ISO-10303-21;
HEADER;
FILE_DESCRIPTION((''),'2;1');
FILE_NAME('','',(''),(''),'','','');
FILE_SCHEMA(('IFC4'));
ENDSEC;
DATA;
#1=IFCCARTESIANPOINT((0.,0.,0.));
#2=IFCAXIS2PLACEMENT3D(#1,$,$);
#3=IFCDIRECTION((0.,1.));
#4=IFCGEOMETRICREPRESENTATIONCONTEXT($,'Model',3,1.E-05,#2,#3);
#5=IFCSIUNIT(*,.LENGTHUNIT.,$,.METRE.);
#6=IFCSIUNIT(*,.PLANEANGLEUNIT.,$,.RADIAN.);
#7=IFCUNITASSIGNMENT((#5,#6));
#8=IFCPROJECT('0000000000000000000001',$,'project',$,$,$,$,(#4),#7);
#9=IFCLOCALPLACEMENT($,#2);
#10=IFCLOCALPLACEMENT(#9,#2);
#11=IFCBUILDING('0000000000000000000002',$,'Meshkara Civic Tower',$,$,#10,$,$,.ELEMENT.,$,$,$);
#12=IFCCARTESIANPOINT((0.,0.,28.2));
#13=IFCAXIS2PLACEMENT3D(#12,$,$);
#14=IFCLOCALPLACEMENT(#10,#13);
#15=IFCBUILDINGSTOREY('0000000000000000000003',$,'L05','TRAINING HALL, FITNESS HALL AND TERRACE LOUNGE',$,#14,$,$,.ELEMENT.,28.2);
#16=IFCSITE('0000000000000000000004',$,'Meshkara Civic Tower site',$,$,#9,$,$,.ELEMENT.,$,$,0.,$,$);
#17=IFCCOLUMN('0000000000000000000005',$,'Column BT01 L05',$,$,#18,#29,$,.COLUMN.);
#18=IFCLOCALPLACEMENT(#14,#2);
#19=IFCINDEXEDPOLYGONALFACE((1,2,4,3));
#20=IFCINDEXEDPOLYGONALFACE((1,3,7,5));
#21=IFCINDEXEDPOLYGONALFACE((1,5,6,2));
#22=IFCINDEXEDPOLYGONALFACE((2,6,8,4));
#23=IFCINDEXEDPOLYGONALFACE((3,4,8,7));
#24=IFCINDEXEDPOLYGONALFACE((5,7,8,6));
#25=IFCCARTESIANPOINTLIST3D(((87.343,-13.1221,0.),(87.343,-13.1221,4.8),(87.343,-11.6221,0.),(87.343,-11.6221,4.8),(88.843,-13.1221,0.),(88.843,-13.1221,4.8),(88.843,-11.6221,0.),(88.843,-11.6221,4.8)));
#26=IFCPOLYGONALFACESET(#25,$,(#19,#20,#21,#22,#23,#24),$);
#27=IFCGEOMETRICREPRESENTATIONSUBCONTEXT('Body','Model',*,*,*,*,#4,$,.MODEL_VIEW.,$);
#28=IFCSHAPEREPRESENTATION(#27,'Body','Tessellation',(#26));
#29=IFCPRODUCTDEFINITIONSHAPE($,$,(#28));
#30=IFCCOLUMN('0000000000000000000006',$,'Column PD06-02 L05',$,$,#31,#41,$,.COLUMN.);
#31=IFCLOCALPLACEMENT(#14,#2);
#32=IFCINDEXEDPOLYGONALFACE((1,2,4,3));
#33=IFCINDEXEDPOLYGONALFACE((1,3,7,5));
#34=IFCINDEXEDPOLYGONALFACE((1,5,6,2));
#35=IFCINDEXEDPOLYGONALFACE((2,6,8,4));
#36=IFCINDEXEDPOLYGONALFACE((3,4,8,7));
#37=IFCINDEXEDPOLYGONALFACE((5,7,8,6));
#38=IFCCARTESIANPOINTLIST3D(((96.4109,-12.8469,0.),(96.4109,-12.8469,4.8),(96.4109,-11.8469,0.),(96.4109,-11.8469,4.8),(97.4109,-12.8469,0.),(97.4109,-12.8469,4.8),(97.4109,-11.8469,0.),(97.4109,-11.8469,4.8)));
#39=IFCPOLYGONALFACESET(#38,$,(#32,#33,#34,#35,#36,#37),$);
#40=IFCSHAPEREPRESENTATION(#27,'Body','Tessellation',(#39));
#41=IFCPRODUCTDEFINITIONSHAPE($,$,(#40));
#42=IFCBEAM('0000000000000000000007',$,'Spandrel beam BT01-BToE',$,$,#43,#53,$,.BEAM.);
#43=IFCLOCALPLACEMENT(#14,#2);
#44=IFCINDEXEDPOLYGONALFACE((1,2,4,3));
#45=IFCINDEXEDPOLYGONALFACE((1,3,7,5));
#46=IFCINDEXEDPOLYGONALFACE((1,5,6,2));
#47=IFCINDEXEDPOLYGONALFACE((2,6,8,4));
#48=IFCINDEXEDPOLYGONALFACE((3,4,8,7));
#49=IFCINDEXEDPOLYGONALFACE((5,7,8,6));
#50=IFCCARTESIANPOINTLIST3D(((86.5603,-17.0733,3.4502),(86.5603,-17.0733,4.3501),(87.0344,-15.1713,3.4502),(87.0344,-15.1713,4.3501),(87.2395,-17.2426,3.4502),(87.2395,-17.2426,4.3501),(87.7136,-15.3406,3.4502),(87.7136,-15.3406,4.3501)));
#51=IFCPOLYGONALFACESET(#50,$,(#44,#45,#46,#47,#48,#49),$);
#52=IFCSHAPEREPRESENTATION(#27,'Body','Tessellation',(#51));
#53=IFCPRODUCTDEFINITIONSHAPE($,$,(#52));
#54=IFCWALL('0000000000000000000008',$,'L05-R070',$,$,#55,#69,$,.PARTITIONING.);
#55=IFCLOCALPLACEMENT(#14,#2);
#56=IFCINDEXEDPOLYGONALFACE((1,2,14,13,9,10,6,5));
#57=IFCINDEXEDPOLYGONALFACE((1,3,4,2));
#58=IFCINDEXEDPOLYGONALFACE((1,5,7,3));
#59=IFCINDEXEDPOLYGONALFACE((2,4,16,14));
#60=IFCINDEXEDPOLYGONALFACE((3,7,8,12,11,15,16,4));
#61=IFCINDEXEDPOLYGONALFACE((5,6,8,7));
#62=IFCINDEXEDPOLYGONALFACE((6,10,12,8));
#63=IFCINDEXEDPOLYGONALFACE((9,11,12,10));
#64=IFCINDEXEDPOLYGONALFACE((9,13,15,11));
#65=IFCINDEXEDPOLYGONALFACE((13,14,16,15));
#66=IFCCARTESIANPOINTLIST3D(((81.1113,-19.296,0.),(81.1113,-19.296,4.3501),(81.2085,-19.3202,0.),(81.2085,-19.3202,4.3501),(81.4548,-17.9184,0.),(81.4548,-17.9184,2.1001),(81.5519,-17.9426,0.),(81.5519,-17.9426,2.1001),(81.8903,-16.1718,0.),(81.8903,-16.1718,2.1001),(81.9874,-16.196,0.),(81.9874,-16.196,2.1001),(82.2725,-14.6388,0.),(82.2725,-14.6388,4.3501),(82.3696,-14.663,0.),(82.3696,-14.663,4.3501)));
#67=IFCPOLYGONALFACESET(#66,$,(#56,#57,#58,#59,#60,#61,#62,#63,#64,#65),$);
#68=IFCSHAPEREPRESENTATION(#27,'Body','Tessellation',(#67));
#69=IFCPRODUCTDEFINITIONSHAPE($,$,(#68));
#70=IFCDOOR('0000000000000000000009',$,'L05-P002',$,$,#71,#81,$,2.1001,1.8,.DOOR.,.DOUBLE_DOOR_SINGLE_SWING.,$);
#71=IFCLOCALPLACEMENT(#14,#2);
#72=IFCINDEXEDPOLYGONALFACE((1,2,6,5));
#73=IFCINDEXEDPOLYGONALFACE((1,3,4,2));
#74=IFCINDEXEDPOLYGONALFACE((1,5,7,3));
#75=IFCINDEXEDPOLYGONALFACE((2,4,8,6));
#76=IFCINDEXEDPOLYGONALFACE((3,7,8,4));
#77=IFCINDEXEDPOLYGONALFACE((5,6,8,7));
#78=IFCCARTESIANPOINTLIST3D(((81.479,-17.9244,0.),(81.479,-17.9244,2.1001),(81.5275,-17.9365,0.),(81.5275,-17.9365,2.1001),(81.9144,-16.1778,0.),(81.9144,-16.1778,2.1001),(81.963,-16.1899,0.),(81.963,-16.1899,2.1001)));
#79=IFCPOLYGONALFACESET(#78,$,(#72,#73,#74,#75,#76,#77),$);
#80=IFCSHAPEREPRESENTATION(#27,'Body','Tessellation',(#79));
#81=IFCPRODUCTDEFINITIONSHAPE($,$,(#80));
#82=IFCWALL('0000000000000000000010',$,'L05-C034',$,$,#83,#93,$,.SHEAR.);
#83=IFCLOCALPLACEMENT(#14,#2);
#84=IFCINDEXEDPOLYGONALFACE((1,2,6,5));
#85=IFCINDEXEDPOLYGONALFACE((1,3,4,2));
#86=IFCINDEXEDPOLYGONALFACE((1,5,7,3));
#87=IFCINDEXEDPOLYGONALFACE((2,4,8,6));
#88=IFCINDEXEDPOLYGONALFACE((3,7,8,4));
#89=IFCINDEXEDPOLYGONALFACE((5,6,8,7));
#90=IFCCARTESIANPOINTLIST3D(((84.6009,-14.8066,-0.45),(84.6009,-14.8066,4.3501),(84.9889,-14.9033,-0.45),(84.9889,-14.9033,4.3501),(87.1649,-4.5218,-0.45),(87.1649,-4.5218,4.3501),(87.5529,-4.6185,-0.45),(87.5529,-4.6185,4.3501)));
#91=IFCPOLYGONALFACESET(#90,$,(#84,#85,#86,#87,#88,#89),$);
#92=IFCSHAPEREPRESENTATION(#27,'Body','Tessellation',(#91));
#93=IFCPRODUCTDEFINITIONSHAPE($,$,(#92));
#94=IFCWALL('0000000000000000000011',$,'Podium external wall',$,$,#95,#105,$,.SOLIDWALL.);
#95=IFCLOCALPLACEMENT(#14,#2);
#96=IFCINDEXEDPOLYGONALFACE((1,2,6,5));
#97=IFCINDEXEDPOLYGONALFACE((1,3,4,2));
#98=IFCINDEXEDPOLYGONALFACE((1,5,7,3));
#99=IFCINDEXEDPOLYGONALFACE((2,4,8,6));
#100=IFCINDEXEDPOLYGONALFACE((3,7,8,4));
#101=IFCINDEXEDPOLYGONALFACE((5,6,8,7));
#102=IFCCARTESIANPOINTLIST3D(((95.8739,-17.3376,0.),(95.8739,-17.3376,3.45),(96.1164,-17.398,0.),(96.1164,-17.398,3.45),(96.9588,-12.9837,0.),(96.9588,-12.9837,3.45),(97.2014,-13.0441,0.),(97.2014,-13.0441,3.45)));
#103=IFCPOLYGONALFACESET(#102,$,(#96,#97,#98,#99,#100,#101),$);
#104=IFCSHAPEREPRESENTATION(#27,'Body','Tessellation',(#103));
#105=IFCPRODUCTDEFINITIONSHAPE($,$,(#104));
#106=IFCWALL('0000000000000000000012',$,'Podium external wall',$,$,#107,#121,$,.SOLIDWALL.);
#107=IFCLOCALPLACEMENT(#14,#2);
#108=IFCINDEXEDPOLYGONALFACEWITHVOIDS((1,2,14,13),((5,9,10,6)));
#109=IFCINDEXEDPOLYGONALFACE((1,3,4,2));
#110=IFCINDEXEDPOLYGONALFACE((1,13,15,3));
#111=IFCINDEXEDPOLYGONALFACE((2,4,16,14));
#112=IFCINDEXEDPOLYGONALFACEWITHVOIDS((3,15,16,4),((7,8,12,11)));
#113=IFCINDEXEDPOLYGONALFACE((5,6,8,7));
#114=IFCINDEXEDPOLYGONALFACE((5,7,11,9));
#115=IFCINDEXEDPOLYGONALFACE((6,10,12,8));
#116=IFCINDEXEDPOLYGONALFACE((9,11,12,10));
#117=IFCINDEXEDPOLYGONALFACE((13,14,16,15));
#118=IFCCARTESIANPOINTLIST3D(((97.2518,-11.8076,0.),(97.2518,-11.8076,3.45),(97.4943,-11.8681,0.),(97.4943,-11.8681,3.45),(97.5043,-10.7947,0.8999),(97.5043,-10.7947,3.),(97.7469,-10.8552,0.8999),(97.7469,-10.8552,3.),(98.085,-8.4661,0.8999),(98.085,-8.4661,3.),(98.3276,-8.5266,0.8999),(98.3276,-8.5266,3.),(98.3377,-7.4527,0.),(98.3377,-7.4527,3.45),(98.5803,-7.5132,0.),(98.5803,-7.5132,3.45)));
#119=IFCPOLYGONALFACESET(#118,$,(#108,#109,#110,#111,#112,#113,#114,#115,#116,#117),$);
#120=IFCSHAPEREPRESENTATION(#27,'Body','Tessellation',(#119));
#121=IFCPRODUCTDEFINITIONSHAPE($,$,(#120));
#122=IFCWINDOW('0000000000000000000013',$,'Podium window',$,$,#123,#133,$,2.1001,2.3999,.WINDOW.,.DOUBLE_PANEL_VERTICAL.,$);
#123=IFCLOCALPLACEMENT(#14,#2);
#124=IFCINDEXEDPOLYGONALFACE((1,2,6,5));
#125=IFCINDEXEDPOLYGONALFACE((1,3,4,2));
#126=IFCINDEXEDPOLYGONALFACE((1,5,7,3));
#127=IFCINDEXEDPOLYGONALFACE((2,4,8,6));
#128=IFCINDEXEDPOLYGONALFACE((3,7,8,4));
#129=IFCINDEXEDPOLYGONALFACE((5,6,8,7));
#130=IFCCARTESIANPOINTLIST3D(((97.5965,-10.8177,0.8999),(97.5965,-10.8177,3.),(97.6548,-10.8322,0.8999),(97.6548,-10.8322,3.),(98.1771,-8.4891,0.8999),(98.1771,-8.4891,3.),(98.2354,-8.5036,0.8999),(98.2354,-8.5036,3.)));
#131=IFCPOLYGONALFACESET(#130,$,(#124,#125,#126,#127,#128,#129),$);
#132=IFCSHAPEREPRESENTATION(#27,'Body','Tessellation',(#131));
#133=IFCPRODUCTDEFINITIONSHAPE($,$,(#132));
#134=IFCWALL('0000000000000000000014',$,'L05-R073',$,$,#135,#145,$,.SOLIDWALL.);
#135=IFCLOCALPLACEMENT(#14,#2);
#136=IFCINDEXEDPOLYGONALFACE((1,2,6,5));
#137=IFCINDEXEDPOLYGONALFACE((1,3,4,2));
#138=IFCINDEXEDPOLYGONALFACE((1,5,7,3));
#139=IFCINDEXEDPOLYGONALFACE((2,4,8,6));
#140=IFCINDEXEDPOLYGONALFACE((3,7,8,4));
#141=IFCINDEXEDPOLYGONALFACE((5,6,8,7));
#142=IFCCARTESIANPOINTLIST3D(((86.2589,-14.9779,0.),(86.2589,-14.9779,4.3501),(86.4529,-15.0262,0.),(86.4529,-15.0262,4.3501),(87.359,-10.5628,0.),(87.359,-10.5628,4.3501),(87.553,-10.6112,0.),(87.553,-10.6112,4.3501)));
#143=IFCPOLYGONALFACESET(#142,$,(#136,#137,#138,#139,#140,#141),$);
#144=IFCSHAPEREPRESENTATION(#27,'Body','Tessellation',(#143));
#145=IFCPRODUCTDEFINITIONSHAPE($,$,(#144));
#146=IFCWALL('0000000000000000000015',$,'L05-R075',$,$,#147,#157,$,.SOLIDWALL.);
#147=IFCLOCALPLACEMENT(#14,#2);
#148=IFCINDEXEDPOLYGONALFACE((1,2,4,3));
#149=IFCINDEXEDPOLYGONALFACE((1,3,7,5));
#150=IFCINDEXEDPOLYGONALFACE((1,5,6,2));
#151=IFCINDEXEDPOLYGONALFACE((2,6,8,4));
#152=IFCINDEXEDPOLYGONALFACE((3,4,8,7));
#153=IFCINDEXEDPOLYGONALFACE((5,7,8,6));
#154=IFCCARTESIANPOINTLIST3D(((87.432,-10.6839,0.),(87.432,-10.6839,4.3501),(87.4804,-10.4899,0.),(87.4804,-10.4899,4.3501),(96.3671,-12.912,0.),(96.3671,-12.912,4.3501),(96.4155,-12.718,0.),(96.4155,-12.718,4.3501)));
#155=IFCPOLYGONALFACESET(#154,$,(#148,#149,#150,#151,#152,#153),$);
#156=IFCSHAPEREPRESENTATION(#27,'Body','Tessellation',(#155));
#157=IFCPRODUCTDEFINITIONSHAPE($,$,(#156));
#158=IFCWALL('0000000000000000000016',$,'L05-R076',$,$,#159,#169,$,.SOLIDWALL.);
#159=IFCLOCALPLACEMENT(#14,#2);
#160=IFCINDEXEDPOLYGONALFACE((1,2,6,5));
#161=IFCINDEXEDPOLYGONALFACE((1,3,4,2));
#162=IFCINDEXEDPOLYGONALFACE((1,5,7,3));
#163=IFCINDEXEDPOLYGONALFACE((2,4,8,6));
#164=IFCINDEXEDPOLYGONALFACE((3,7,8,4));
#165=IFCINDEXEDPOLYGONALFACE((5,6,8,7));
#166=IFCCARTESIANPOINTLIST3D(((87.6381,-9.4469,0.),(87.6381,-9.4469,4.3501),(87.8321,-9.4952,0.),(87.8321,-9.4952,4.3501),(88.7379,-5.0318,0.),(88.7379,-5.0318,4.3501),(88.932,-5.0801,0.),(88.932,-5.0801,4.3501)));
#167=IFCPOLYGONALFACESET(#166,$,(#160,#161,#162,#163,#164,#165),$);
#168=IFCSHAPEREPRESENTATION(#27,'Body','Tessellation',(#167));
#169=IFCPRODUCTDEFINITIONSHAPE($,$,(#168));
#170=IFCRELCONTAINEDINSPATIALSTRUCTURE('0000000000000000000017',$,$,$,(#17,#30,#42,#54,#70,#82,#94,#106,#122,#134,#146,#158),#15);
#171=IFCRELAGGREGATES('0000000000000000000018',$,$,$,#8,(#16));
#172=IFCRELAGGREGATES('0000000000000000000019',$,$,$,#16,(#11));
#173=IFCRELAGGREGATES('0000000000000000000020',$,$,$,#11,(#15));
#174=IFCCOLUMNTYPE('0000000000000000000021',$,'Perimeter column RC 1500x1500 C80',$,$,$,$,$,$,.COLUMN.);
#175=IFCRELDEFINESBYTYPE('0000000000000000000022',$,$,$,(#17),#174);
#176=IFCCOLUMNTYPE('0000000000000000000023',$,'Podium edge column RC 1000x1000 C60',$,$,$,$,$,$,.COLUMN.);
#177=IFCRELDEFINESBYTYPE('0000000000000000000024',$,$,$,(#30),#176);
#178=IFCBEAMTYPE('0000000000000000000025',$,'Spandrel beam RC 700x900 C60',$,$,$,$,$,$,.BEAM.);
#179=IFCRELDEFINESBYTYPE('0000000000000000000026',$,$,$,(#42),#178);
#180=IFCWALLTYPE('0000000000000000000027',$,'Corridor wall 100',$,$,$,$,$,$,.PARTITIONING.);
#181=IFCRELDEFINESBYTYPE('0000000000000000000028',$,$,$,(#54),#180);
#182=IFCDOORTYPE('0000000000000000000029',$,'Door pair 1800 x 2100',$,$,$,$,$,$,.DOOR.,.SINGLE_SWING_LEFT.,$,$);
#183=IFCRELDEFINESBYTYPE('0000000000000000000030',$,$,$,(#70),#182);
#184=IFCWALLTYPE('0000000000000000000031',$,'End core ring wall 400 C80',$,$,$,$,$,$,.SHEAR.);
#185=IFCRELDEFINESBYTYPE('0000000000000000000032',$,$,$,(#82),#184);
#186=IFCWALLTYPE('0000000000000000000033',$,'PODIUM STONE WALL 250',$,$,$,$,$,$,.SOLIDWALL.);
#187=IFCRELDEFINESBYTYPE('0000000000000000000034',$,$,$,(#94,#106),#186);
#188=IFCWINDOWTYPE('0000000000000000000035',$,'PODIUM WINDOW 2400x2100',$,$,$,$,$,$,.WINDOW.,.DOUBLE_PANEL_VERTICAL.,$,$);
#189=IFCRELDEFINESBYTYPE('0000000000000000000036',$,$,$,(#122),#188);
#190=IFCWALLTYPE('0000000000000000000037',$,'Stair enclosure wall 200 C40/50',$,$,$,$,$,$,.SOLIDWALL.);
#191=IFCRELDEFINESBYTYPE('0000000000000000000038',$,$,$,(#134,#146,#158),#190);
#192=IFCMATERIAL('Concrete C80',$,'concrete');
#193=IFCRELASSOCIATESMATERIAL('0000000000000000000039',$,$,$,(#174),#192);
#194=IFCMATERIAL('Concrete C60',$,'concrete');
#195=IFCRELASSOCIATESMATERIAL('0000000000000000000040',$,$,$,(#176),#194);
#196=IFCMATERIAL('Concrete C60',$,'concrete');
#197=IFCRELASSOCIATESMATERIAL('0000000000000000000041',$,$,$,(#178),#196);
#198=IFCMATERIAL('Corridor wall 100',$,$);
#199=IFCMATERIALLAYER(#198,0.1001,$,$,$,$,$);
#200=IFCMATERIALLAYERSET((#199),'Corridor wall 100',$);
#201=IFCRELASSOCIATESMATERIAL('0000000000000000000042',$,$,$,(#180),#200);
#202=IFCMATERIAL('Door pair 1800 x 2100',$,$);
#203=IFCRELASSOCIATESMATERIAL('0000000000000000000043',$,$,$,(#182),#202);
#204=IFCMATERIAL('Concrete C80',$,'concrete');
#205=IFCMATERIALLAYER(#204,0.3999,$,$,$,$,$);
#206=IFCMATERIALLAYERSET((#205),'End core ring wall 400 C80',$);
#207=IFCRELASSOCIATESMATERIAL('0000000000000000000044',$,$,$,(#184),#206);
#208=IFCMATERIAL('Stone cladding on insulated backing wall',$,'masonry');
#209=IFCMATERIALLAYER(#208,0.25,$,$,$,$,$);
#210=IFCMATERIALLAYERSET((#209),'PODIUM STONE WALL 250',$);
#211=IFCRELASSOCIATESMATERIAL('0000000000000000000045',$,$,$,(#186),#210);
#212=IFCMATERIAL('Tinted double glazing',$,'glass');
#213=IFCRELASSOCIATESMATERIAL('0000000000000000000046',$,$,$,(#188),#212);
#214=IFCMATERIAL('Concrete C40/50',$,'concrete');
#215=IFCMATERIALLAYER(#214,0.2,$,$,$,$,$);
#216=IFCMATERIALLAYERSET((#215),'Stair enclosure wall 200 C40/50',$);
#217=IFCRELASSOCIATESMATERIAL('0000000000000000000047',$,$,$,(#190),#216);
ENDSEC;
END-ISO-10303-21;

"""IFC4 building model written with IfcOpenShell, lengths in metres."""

from ifc_helpers import new_model, si_unit, direction, frame, frame_2d, origin, origin_2d, place, context, subcontext, project, spatial, rectangle, extrude, material, layer, layer_set, material_profile, profile_set, type_object, element, fill, save


model = new_model("IFC4")

# Units and contexts
model_context = context("Model", 3, precision=1e-05, world=origin(), true_north=direction((0.0, 1.0)))
body_context = subcontext(model_context, "Body", "Model", "MODEL_VIEW")
ifc_project = project(units=[si_unit("LENGTHUNIT", "METRE"), si_unit("PLANEANGLEUNIT", "RADIAN")], contexts=[model_context])

# Site, building, storey
site_placement = place(None, origin())
site = spatial("IfcSite", under=ifc_project, at=site_placement, Name="Meshkara Civic Tower site", CompositionType="ELEMENT", RefElevation=0.0)
building_placement = place(site_placement, origin())
building = spatial("IfcBuilding", under=site, at=building_placement, Name="Meshkara Civic Tower", CompositionType="ELEMENT")
storey_placement = place(building_placement, frame((0.0, 0.0, 28.2)))
storey = spatial("IfcBuildingStorey", under=building, at=storey_placement, Name="L05", Description="TRAINING HALL, FITNESS HALL AND TERRACE LOUNGE", CompositionType="ELEMENT", Elevation=28.2)

# Columns
ifc_material_1 = material(Name="Concrete C80", Category="concrete")
ifc_material_profile_1 = material_profile(ifc_material_1, rectangle(XDim=1.5, YDim=1.5, at=origin_2d()))
ifc_profile_set_1 = profile_set([ifc_material_profile_1], Name="Concrete C80")
column_type_1 = type_object("IfcColumnType", Name="Perimeter column RC 1500x1500 C80", PredefinedType="COLUMN", material=ifc_profile_set_1)
column_1_placement = place(storey_placement, frame((88.093, -12.3721, 0.0), z_axis=(0.0, 0.0, 1.0), x_axis=(1.0, 0.0, 0.0)))
element("IfcColumn", 1, at=column_1_placement, inside=storey, type_object=column_type_1, Name="Column BT01 L05", PredefinedType="COLUMN", context=body_context, shape_type="SweptSolid", body=[
    extrude(rectangle(XDim=1.5, YDim=1.5, at=origin_2d()), origin(), (0.0, 0.0, 1.0), 4.8),
])
ifc_material_2 = material(Name="Concrete C60", Category="concrete")
ifc_material_profile_2 = material_profile(ifc_material_2, rectangle(XDim=1.0, YDim=1.0, at=origin_2d()))
ifc_profile_set_2 = profile_set([ifc_material_profile_2], Name="Concrete C60")
column_type_2 = type_object("IfcColumnType", Name="Podium edge column RC 1000x1000 C60", PredefinedType="COLUMN", material=ifc_profile_set_2)
column_2_placement = place(storey_placement, frame((96.9109, -12.3469, 0.0), z_axis=(0.0, 0.0, 1.0), x_axis=(1.0, 0.0, 0.0)))
element("IfcColumn", 2, at=column_2_placement, inside=storey, type_object=column_type_2, Name="Column PD06-02 L05", PredefinedType="COLUMN", context=body_context, shape_type="SweptSolid", body=[
    extrude(rectangle(XDim=1.0, YDim=1.0, at=origin_2d()), origin(), (0.0, 0.0, 1.0), 4.8),
])

# Beam
ifc_material_3 = material(Name="Concrete C60", Category="concrete")
ifc_material_profile_3 = material_profile(ifc_material_3, rectangle(XDim=0.7, YDim=0.8999, at=origin_2d()))
ifc_profile_set_3 = profile_set([ifc_material_profile_3], Name="Concrete C60")
beam_type = type_object("IfcBeamType", Name="Spandrel beam RC 700x900 C60", PredefinedType="BEAM", material=ifc_profile_set_3)
beam_placement = place(storey_placement, frame((86.8999, -17.158, 3.9001), z_axis=(0.241862, 0.970311, 0.0), x_axis=(-0.970311, 0.241862, 0.0)))
element("IfcBeam", 3, at=beam_placement, inside=storey, type_object=beam_type, Name="Spandrel beam BT01-BToE", PredefinedType="BEAM", context=body_context, shape_type="SweptSolid", body=[
    extrude(rectangle(XDim=0.7, YDim=0.8999, at=origin_2d()), origin(), (0.0, 0.0, 1.0), 1.9602),
])

# Wall, opening, door
ifc_material_4 = material(Name="Corridor wall 100")
ifc_layer_1 = layer(ifc_material_4, 0.1001)
ifc_layer_set_1 = layer_set([ifc_layer_1], Name="Corridor wall 100")
wall_type_1 = type_object("IfcWallType", Name="Corridor wall 100", PredefinedType="PARTITIONING", material=ifc_layer_set_1)
wall_1_placement = place(storey_placement, frame((82.321, -14.6509, 0.0), z_axis=(0.0, 0.0, 1.0), x_axis=(-0.241913, -0.970298, 0.0)))
wall_1 = element("IfcWall", 4, at=wall_1_placement, inside=storey, type_object=wall_type_1, Name="L05-R070", PredefinedType="PARTITIONING", context=body_context, shape_type="SweptSolid", body=[
    extrude(rectangle(XDim=4.7998, YDim=0.1001, at=frame_2d((2.3999, 0.0))), origin(), (0.0, 0.0, 1.0), 4.3501),
])
opening_1_placement = place(wall_1_placement, frame((1.5801, 0.0, 0.0)))
opening_1 = element("IfcOpeningElement", 5, at=opening_1_placement, cuts=wall_1, PredefinedType="OPENING", context=body_context, shape_type="SweptSolid", body=[
    extrude(rectangle(XDim=1.8, YDim=2.1001, at=frame_2d((0.8999, 1.05))), frame((0.0, 0.0601, 0.0), z_axis=(0.0, -1.0, 0.0), x_axis=(1.0, 0.0, 0.0)), (0.0, 0.0, 1.0), 0.1201),
])
ifc_material_5 = material(Name="Door pair 1800 x 2100")
door_type_1 = type_object("IfcDoorType", Name="Door pair 1800 x 2100", OperationType="SINGLE_SWING_LEFT", PredefinedType="DOOR", material=ifc_material_5)
door_1_placement = place(opening_1_placement, origin())
door_1 = element("IfcDoor", 6, at=door_1_placement, inside=storey, type_object=door_type_1, Name="L05-P002", OperationType="DOUBLE_DOOR_SINGLE_SWING", OverallHeight=2.1001, OverallWidth=1.8, PredefinedType="DOOR", context=body_context, shape_type="SweptSolid", body=[
    extrude(rectangle(XDim=1.8, YDim=2.1001, at=frame_2d((0.8999, 1.05))), frame((0.0, 0.0249, 0.0), z_axis=(0.0, -1.0, 0.0), x_axis=(1.0, 0.0, 0.0)), (0.0, 0.0, 1.0), 0.05),
])
fill(opening_1, door_1)

# Walls
ifc_material_6 = material(Name="Concrete C80", Category="concrete")
ifc_layer_2 = layer(ifc_material_6, 0.3999)
ifc_layer_set_2 = layer_set([ifc_layer_2], Name="End core ring wall 400 C80")
wall_type_2 = type_object("IfcWallType", Name="End core ring wall 400 C80", PredefinedType="SHEAR", material=ifc_layer_set_2)
wall_2_placement = place(storey_placement, frame((84.7949, -14.855, -0.45), z_axis=(0.0, 0.0, 1.0), x_axis=(0.241891, 0.970304, 0.0)))
element("IfcWall", 7, at=wall_2_placement, inside=storey, type_object=wall_type_2, Name="L05-C034", PredefinedType="SHEAR", context=body_context, shape_type="SweptSolid", body=[
    extrude(rectangle(XDim=10.5996, YDim=0.3999, at=frame_2d((5.2998, 0.0))), origin(), (0.0, 0.0, 1.0), 4.8),
])
ifc_material_7 = material(Name="Stone cladding on insulated backing wall", Category="masonry")
ifc_layer_3 = layer(ifc_material_7, 0.25)
ifc_layer_set_3 = layer_set([ifc_layer_3], Name="PODIUM STONE WALL 250")
wall_type_3 = type_object("IfcWallType", Name="PODIUM STONE WALL 250", PredefinedType="SOLIDWALL", material=ifc_layer_set_3)
wall_3_placement = place(storey_placement, frame((95.9951, -17.3679, 0.0), z_axis=(0.0, 0.0, 1.0), x_axis=(0.241793, 0.970328, 0.0)))
element("IfcWall", 8, at=wall_3_placement, inside=storey, type_object=wall_type_3, Name="Podium external wall", PredefinedType="SOLIDWALL", context=body_context, shape_type="SweptSolid", body=[
    extrude(rectangle(XDim=4.4871, YDim=0.25, at=frame_2d((2.2437, 0.0))), origin(), (0.0, 0.0, 1.0), 3.45),
])

# Wall, opening, window
wall_4_placement = place(storey_placement, frame((97.373, -11.8379, 0.0), z_axis=(0.0, 0.0, 1.0), x_axis=(0.241947, 0.97029, 0.0)))
wall_4 = element("IfcWall", 9, at=wall_4_placement, inside=storey, type_object=wall_type_3, Name="Podium external wall", PredefinedType="SOLIDWALL", context=body_context, shape_type="SweptSolid", body=[
    extrude(rectangle(XDim=4.4883, YDim=0.25, at=frame_2d((2.2441, 0.0))), origin(), (0.0, 0.0, 1.0), 3.45),
])
opening_2_placement = place(wall_4_placement, frame((1.0439, 0.0, 0.8999)))
opening_2 = element("IfcOpeningElement", 10, at=opening_2_placement, cuts=wall_4, PredefinedType="OPENING", context=body_context, shape_type="SweptSolid", body=[
    extrude(rectangle(XDim=2.3999, YDim=2.1001, at=frame_2d((1.2, 1.05))), frame((0.0, 0.135, 0.0), z_axis=(0.0, -1.0, 0.0), x_axis=(1.0, 0.0, 0.0)), (0.0, 0.0, 1.0), 0.27),
])
ifc_material_8 = material(Name="Tinted double glazing", Category="glass")
window_type = type_object("IfcWindowType", Name="PODIUM WINDOW 2400x2100", PartitioningType="DOUBLE_PANEL_VERTICAL", PredefinedType="WINDOW", material=ifc_material_8)
window_placement = place(opening_2_placement, origin())
window = element("IfcWindow", 11, at=window_placement, inside=storey, type_object=window_type, Name="Podium window", OverallHeight=2.1001, OverallWidth=2.3999, PartitioningType="DOUBLE_PANEL_VERTICAL", PredefinedType="WINDOW", context=body_context, shape_type="SweptSolid", body=[
    extrude(rectangle(XDim=2.3999, YDim=2.1001, at=frame_2d((1.2, 1.05))), frame((0.0, 0.03, 0.0), z_axis=(0.0, -1.0, 0.0), x_axis=(1.0, 0.0, 0.0)), (0.0, 0.0, 1.0), 0.0601),
])
fill(opening_2, window)

# Walls
ifc_material_9 = material(Name="Concrete C40/50", Category="concrete")
ifc_layer_4 = layer(ifc_material_9, 0.2)
ifc_layer_set_4 = layer_set([ifc_layer_4], Name="Stair enclosure wall 200 C40/50")
wall_type_4 = type_object("IfcWallType", Name="Stair enclosure wall 200 C40/50", PredefinedType="SOLIDWALL", material=ifc_layer_set_4)
wall_5_placement = place(storey_placement, frame((86.356, -15.002, 0.0), z_axis=(0.0, 0.0, 1.0), x_axis=(0.241778, 0.970332, 0.0)))
element("IfcWall", 12, at=wall_5_placement, inside=storey, type_object=wall_type_4, Name="L05-R073", PredefinedType="SOLIDWALL", context=body_context, shape_type="SweptSolid", body=[
    extrude(rectangle(XDim=4.55, YDim=0.2, at=frame_2d((2.2749, 0.0))), origin(), (0.0, 0.0, 1.0), 4.3501),
])
wall_6_placement = place(storey_placement, frame((87.4561, -10.5869, 0.0), z_axis=(0.0, 0.0, 1.0), x_axis=(0.970289, -0.241949, 0.0)))
element("IfcWall", 13, at=wall_6_placement, inside=storey, type_object=wall_type_4, Name="L05-R075", PredefinedType="SOLIDWALL", context=body_context, shape_type="SweptSolid", body=[
    extrude(rectangle(XDim=9.2087, YDim=0.2, at=frame_2d((4.6045, 0.0))), origin(), (0.0, 0.0, 1.0), 4.3501),
])
wall_7_placement = place(storey_placement, frame((87.7351, -9.4709, 0.0), z_axis=(0.0, 0.0, 1.0), x_axis=(0.241728, 0.970344, 0.0)))
element("IfcWall", 14, at=wall_7_placement, inside=storey, type_object=wall_type_4, Name="L05-R076", PredefinedType="SOLIDWALL", context=body_context, shape_type="SweptSolid", body=[
    extrude(rectangle(XDim=4.55, YDim=0.2, at=frame_2d((2.2749, 0.0))), origin(), (0.0, 0.0, 1.0), 4.3501),
])

save(model, "model.ifc")
